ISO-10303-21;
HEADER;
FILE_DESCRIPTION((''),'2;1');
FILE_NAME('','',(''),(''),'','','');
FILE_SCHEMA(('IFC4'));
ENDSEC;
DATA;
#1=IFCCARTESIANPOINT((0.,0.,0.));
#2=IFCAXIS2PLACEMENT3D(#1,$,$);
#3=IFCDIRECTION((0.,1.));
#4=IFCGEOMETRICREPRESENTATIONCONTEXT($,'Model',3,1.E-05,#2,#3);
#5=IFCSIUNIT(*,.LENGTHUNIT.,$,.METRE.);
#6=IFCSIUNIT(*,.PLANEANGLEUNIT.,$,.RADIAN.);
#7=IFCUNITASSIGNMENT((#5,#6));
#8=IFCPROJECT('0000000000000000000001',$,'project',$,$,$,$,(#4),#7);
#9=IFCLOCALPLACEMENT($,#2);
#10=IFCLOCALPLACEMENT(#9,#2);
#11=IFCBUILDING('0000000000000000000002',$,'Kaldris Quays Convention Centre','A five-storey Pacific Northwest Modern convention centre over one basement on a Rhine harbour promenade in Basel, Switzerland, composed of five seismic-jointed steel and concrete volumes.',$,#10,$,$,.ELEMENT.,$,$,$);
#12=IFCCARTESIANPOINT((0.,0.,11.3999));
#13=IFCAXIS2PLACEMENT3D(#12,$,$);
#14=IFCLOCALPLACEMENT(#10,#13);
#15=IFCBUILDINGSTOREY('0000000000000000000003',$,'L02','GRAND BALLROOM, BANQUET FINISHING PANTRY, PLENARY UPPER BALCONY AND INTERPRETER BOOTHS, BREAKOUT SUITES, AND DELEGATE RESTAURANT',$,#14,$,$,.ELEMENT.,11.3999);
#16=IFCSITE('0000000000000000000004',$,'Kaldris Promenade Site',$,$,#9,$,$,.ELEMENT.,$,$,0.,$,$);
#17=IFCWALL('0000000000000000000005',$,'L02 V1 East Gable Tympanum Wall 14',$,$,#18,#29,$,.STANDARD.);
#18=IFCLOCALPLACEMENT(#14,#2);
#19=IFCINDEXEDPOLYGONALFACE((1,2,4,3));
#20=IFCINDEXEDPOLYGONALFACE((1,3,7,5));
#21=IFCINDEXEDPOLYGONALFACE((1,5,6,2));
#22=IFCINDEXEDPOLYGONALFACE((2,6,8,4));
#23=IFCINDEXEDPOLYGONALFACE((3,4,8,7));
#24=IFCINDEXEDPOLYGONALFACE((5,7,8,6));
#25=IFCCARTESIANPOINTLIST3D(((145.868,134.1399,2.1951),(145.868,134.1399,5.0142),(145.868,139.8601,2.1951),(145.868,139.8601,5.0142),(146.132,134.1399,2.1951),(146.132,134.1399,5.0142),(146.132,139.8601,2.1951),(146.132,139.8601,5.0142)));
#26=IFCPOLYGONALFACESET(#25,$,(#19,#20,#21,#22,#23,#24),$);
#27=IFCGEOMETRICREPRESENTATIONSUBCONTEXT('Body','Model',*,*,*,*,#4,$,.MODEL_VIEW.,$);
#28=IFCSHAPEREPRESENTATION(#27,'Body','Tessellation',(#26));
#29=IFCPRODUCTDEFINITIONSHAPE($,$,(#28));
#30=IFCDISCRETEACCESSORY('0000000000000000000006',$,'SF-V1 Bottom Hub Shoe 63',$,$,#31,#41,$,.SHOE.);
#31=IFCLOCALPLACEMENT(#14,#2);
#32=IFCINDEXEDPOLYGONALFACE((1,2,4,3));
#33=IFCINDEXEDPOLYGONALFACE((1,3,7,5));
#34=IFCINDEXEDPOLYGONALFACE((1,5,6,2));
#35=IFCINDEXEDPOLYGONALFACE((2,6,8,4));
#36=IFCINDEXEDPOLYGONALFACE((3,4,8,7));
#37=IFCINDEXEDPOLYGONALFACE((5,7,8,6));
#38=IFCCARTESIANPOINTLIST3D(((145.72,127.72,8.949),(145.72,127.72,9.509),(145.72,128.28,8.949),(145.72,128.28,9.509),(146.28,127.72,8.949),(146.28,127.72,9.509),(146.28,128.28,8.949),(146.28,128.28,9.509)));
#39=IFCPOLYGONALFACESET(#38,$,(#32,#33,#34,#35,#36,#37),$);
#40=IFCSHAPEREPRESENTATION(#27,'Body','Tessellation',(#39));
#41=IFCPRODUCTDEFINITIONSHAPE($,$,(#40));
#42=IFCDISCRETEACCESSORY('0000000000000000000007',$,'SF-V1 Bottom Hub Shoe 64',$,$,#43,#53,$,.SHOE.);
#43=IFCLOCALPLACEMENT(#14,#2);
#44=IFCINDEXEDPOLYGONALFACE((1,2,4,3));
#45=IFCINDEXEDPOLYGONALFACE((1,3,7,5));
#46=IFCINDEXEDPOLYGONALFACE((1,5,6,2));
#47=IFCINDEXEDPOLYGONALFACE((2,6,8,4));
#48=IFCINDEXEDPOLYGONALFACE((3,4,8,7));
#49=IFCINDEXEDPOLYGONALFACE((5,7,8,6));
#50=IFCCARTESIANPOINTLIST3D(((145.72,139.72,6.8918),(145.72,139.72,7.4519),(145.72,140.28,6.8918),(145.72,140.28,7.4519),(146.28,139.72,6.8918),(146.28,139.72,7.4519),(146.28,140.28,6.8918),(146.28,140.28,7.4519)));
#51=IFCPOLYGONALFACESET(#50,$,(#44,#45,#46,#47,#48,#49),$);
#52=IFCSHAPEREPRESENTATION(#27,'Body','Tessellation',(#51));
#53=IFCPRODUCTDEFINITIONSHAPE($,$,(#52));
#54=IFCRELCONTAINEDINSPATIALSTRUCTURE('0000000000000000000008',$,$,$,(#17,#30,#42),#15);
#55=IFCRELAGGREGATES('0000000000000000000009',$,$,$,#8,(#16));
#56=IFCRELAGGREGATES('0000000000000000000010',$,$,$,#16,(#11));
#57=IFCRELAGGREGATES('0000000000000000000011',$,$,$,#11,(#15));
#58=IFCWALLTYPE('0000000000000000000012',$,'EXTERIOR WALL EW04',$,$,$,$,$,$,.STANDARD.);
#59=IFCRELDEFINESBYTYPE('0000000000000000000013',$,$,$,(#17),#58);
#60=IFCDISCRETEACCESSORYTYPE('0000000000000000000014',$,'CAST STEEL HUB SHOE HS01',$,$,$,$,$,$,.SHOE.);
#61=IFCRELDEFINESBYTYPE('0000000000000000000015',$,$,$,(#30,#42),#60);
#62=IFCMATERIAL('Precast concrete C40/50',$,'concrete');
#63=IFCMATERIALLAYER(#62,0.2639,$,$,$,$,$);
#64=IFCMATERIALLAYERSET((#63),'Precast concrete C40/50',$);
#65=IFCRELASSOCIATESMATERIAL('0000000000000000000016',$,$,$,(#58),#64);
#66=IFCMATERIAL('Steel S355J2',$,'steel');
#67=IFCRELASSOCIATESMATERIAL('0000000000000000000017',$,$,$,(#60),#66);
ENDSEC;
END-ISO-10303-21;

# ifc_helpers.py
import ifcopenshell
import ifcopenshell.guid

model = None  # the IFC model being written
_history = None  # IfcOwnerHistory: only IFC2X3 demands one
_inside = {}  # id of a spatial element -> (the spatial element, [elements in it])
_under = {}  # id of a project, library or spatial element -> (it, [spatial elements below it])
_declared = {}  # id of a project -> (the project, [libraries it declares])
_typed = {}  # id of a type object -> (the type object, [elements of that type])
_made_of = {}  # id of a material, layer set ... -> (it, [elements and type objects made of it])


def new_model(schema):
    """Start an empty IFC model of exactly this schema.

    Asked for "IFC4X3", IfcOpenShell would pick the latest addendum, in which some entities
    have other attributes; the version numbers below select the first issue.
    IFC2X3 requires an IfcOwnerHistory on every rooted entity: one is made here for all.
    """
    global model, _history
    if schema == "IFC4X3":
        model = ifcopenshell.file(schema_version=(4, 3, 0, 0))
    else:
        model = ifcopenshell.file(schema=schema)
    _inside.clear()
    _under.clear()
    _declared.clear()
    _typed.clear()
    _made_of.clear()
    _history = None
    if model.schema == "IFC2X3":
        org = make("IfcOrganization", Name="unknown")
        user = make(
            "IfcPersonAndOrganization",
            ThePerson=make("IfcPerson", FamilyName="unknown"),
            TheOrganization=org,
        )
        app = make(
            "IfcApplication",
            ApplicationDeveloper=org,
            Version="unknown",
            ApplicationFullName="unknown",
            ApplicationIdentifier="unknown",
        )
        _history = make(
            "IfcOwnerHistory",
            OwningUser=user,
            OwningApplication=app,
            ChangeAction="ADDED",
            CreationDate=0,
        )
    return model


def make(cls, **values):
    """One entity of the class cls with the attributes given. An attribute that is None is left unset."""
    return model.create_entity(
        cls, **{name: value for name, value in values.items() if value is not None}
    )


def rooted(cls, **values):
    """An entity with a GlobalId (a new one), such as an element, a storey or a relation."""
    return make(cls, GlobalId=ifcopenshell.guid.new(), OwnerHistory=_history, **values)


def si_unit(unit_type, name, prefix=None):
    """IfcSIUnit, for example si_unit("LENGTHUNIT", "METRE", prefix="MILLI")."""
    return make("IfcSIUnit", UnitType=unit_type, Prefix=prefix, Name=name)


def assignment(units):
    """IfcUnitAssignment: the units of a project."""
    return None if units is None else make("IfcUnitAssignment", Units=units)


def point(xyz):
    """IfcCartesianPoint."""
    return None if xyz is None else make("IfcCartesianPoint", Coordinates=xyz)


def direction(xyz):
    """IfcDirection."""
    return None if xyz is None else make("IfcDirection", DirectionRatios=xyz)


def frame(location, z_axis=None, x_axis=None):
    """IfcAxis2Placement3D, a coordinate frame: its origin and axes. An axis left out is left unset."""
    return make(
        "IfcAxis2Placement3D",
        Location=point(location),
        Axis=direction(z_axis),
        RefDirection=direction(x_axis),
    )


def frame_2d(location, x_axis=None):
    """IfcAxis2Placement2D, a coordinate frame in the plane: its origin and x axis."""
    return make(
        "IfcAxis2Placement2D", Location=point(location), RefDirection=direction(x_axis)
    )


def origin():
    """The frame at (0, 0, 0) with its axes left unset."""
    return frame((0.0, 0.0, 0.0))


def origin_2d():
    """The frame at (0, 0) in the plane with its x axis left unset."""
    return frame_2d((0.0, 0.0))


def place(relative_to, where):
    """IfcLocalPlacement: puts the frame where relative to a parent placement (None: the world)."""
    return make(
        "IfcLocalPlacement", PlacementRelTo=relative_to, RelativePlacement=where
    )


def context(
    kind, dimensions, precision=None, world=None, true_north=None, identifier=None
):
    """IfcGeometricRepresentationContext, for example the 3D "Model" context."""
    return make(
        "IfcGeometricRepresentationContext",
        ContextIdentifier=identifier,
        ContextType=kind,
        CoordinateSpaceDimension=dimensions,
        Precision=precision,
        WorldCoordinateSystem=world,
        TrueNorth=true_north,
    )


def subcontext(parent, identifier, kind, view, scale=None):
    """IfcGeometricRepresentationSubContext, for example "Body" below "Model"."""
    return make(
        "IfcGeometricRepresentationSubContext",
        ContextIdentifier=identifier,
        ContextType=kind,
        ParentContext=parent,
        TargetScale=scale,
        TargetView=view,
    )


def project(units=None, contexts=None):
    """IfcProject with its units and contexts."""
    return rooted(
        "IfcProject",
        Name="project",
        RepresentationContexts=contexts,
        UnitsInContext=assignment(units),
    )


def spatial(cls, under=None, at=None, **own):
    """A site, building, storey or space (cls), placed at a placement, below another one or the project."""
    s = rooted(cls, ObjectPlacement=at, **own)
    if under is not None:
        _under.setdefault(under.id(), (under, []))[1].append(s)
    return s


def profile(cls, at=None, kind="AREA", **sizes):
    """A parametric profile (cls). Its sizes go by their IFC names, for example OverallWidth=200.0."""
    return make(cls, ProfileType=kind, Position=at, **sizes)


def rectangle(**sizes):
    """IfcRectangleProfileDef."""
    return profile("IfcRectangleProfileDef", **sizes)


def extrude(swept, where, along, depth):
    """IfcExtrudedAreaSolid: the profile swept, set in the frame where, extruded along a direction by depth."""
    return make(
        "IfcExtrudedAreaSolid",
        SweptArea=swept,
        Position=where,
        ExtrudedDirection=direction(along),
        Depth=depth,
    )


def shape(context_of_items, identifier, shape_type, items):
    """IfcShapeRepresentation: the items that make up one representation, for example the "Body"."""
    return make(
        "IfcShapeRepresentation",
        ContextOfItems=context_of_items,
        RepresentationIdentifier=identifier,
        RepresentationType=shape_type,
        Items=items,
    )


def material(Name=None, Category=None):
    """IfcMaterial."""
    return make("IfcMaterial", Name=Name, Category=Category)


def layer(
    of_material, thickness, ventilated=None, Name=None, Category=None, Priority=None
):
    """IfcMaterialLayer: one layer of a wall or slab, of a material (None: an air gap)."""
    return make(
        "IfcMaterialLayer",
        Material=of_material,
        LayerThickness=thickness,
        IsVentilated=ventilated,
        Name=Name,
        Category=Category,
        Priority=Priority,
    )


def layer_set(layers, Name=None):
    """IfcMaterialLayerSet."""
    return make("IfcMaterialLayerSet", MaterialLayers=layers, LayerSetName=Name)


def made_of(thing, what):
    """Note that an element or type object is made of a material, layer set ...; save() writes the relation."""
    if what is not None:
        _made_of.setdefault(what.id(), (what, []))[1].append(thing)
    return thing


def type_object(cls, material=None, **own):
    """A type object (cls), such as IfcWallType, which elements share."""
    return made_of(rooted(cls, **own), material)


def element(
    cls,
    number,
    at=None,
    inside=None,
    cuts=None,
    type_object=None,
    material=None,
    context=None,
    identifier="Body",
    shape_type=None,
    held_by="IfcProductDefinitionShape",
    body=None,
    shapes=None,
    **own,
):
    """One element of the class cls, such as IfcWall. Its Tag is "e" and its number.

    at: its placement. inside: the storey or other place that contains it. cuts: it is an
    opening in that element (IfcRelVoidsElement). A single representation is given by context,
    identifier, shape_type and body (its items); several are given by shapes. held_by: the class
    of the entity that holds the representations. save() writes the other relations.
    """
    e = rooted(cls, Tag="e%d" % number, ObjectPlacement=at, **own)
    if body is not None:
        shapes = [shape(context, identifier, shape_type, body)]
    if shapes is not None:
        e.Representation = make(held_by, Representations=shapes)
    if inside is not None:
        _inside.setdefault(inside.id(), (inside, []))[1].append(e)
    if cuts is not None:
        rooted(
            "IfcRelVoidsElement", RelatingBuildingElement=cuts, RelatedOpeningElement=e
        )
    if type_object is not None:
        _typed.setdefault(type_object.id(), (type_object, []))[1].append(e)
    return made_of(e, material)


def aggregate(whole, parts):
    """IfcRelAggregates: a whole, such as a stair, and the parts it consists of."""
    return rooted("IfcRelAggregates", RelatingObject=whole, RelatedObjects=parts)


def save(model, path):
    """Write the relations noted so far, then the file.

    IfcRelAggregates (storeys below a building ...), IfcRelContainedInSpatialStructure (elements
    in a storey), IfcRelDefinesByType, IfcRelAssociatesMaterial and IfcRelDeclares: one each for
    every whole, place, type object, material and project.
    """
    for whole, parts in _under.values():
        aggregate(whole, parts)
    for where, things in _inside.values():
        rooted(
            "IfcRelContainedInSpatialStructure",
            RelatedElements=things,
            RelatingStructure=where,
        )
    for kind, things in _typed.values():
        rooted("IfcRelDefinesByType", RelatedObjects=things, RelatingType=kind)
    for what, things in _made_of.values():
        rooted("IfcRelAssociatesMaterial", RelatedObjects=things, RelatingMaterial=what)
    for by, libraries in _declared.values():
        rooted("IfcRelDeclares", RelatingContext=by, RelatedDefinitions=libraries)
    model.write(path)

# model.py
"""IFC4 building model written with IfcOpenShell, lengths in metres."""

from ifc_helpers import new_model, si_unit, direction, frame, frame_2d, origin, origin_2d, place, context, subcontext, project, spatial, rectangle, extrude, material, layer, layer_set, type_object, element, save


model = new_model("IFC4")

# Units and contexts
model_context = context("Model", 3, precision=1e-05, world=origin(), true_north=direction((0.0, 1.0)))
body_context = subcontext(model_context, "Body", "Model", "MODEL_VIEW")
ifc_project = project(units=[si_unit("LENGTHUNIT", "METRE"), si_unit("PLANEANGLEUNIT", "RADIAN")], contexts=[model_context])

# Site, building, storey
site_placement = place(None, origin())
site = spatial("IfcSite", under=ifc_project, at=site_placement, Name="Kaldris Promenade Site", CompositionType="ELEMENT", RefElevation=0.0)
building_placement = place(site_placement, origin())
building = spatial("IfcBuilding", under=site, at=building_placement, Name="Kaldris Quays Convention Centre", Description="A five-storey Pacific Northwest Modern convention centre over one basement on a Rhine harbour promenade in Basel, Switzerland, composed of five seismic-jointed steel and concrete volumes.", CompositionType="ELEMENT")
storey_placement = place(building_placement, frame((0.0, 0.0, 11.3999)))
storey = spatial("IfcBuildingStorey", under=building, at=storey_placement, Name="L02", Description="GRAND BALLROOM, BANQUET FINISHING PANTRY, PLENARY UPPER BALCONY AND INTERPRETER BOOTHS, BREAKOUT SUITES, AND DELEGATE RESTAURANT", CompositionType="ELEMENT", Elevation=11.3999)

# Shared definitions
ifc_material_1 = material(Name="Steel S355J2", Category="steel")

# Wall
ifc_material_2 = material(Name="Precast concrete C40/50", Category="concrete")
ifc_layer = layer(ifc_material_2, 0.2639)
ifc_layer_set = layer_set([ifc_layer], Name="Precast concrete C40/50")
wall_type = type_object("IfcWallType", Name="EXTERIOR WALL EW04", PredefinedType="STANDARD", material=ifc_layer_set)
wall_1_placement = place(storey_placement, frame((146.0, 134.1399, 2.1951), z_axis=(0.0, 0.0, 1.0), x_axis=(0.0, 1.0, 0.0)))
element("IfcWall", 1, at=wall_1_placement, inside=storey, type_object=wall_type, Name="L02 V1 East Gable Tympanum Wall 14", PredefinedType="STANDARD", context=body_context, shape_type="SweptSolid", body=[
    extrude(rectangle(XDim=5.7202, YDim=0.2639, at=frame_2d((2.8601, 0.0))), origin(), (0.0, 0.0, 1.0), 2.8191),
])

# Discrete accessories
discrete_accessory_type = type_object("IfcDiscreteAccessoryType", Name="CAST STEEL HUB SHOE HS01", PredefinedType="SHOE", material=ifc_material_1)
for number, where, z_axis, x_axis, name in (
    (2, (146.0, 128.0, 8.949), (0.0, 0.0, 1.0), (1.0, 0.0, 0.0), "SF-V1 Bottom Hub Shoe 63"),
    (3, (146.0, 140.0, 6.8918), (0.0, 0.0, 1.0), (1.0, 0.0, 0.0), "SF-V1 Bottom Hub Shoe 64"),
):
    element("IfcDiscreteAccessory", number, at=place(storey_placement, frame(where, z_axis=z_axis, x_axis=x_axis)), inside=storey, type_object=discrete_accessory_type, Name=name, PredefinedType="SHOE", context=body_context, shape_type="SweptSolid", body=[
        extrude(rectangle(XDim=0.5601, YDim=0.5601, at=origin_2d()), origin(), (0.0, 0.0, 1.0), 0.5601),
    ])

save(model, "model.ifc")
